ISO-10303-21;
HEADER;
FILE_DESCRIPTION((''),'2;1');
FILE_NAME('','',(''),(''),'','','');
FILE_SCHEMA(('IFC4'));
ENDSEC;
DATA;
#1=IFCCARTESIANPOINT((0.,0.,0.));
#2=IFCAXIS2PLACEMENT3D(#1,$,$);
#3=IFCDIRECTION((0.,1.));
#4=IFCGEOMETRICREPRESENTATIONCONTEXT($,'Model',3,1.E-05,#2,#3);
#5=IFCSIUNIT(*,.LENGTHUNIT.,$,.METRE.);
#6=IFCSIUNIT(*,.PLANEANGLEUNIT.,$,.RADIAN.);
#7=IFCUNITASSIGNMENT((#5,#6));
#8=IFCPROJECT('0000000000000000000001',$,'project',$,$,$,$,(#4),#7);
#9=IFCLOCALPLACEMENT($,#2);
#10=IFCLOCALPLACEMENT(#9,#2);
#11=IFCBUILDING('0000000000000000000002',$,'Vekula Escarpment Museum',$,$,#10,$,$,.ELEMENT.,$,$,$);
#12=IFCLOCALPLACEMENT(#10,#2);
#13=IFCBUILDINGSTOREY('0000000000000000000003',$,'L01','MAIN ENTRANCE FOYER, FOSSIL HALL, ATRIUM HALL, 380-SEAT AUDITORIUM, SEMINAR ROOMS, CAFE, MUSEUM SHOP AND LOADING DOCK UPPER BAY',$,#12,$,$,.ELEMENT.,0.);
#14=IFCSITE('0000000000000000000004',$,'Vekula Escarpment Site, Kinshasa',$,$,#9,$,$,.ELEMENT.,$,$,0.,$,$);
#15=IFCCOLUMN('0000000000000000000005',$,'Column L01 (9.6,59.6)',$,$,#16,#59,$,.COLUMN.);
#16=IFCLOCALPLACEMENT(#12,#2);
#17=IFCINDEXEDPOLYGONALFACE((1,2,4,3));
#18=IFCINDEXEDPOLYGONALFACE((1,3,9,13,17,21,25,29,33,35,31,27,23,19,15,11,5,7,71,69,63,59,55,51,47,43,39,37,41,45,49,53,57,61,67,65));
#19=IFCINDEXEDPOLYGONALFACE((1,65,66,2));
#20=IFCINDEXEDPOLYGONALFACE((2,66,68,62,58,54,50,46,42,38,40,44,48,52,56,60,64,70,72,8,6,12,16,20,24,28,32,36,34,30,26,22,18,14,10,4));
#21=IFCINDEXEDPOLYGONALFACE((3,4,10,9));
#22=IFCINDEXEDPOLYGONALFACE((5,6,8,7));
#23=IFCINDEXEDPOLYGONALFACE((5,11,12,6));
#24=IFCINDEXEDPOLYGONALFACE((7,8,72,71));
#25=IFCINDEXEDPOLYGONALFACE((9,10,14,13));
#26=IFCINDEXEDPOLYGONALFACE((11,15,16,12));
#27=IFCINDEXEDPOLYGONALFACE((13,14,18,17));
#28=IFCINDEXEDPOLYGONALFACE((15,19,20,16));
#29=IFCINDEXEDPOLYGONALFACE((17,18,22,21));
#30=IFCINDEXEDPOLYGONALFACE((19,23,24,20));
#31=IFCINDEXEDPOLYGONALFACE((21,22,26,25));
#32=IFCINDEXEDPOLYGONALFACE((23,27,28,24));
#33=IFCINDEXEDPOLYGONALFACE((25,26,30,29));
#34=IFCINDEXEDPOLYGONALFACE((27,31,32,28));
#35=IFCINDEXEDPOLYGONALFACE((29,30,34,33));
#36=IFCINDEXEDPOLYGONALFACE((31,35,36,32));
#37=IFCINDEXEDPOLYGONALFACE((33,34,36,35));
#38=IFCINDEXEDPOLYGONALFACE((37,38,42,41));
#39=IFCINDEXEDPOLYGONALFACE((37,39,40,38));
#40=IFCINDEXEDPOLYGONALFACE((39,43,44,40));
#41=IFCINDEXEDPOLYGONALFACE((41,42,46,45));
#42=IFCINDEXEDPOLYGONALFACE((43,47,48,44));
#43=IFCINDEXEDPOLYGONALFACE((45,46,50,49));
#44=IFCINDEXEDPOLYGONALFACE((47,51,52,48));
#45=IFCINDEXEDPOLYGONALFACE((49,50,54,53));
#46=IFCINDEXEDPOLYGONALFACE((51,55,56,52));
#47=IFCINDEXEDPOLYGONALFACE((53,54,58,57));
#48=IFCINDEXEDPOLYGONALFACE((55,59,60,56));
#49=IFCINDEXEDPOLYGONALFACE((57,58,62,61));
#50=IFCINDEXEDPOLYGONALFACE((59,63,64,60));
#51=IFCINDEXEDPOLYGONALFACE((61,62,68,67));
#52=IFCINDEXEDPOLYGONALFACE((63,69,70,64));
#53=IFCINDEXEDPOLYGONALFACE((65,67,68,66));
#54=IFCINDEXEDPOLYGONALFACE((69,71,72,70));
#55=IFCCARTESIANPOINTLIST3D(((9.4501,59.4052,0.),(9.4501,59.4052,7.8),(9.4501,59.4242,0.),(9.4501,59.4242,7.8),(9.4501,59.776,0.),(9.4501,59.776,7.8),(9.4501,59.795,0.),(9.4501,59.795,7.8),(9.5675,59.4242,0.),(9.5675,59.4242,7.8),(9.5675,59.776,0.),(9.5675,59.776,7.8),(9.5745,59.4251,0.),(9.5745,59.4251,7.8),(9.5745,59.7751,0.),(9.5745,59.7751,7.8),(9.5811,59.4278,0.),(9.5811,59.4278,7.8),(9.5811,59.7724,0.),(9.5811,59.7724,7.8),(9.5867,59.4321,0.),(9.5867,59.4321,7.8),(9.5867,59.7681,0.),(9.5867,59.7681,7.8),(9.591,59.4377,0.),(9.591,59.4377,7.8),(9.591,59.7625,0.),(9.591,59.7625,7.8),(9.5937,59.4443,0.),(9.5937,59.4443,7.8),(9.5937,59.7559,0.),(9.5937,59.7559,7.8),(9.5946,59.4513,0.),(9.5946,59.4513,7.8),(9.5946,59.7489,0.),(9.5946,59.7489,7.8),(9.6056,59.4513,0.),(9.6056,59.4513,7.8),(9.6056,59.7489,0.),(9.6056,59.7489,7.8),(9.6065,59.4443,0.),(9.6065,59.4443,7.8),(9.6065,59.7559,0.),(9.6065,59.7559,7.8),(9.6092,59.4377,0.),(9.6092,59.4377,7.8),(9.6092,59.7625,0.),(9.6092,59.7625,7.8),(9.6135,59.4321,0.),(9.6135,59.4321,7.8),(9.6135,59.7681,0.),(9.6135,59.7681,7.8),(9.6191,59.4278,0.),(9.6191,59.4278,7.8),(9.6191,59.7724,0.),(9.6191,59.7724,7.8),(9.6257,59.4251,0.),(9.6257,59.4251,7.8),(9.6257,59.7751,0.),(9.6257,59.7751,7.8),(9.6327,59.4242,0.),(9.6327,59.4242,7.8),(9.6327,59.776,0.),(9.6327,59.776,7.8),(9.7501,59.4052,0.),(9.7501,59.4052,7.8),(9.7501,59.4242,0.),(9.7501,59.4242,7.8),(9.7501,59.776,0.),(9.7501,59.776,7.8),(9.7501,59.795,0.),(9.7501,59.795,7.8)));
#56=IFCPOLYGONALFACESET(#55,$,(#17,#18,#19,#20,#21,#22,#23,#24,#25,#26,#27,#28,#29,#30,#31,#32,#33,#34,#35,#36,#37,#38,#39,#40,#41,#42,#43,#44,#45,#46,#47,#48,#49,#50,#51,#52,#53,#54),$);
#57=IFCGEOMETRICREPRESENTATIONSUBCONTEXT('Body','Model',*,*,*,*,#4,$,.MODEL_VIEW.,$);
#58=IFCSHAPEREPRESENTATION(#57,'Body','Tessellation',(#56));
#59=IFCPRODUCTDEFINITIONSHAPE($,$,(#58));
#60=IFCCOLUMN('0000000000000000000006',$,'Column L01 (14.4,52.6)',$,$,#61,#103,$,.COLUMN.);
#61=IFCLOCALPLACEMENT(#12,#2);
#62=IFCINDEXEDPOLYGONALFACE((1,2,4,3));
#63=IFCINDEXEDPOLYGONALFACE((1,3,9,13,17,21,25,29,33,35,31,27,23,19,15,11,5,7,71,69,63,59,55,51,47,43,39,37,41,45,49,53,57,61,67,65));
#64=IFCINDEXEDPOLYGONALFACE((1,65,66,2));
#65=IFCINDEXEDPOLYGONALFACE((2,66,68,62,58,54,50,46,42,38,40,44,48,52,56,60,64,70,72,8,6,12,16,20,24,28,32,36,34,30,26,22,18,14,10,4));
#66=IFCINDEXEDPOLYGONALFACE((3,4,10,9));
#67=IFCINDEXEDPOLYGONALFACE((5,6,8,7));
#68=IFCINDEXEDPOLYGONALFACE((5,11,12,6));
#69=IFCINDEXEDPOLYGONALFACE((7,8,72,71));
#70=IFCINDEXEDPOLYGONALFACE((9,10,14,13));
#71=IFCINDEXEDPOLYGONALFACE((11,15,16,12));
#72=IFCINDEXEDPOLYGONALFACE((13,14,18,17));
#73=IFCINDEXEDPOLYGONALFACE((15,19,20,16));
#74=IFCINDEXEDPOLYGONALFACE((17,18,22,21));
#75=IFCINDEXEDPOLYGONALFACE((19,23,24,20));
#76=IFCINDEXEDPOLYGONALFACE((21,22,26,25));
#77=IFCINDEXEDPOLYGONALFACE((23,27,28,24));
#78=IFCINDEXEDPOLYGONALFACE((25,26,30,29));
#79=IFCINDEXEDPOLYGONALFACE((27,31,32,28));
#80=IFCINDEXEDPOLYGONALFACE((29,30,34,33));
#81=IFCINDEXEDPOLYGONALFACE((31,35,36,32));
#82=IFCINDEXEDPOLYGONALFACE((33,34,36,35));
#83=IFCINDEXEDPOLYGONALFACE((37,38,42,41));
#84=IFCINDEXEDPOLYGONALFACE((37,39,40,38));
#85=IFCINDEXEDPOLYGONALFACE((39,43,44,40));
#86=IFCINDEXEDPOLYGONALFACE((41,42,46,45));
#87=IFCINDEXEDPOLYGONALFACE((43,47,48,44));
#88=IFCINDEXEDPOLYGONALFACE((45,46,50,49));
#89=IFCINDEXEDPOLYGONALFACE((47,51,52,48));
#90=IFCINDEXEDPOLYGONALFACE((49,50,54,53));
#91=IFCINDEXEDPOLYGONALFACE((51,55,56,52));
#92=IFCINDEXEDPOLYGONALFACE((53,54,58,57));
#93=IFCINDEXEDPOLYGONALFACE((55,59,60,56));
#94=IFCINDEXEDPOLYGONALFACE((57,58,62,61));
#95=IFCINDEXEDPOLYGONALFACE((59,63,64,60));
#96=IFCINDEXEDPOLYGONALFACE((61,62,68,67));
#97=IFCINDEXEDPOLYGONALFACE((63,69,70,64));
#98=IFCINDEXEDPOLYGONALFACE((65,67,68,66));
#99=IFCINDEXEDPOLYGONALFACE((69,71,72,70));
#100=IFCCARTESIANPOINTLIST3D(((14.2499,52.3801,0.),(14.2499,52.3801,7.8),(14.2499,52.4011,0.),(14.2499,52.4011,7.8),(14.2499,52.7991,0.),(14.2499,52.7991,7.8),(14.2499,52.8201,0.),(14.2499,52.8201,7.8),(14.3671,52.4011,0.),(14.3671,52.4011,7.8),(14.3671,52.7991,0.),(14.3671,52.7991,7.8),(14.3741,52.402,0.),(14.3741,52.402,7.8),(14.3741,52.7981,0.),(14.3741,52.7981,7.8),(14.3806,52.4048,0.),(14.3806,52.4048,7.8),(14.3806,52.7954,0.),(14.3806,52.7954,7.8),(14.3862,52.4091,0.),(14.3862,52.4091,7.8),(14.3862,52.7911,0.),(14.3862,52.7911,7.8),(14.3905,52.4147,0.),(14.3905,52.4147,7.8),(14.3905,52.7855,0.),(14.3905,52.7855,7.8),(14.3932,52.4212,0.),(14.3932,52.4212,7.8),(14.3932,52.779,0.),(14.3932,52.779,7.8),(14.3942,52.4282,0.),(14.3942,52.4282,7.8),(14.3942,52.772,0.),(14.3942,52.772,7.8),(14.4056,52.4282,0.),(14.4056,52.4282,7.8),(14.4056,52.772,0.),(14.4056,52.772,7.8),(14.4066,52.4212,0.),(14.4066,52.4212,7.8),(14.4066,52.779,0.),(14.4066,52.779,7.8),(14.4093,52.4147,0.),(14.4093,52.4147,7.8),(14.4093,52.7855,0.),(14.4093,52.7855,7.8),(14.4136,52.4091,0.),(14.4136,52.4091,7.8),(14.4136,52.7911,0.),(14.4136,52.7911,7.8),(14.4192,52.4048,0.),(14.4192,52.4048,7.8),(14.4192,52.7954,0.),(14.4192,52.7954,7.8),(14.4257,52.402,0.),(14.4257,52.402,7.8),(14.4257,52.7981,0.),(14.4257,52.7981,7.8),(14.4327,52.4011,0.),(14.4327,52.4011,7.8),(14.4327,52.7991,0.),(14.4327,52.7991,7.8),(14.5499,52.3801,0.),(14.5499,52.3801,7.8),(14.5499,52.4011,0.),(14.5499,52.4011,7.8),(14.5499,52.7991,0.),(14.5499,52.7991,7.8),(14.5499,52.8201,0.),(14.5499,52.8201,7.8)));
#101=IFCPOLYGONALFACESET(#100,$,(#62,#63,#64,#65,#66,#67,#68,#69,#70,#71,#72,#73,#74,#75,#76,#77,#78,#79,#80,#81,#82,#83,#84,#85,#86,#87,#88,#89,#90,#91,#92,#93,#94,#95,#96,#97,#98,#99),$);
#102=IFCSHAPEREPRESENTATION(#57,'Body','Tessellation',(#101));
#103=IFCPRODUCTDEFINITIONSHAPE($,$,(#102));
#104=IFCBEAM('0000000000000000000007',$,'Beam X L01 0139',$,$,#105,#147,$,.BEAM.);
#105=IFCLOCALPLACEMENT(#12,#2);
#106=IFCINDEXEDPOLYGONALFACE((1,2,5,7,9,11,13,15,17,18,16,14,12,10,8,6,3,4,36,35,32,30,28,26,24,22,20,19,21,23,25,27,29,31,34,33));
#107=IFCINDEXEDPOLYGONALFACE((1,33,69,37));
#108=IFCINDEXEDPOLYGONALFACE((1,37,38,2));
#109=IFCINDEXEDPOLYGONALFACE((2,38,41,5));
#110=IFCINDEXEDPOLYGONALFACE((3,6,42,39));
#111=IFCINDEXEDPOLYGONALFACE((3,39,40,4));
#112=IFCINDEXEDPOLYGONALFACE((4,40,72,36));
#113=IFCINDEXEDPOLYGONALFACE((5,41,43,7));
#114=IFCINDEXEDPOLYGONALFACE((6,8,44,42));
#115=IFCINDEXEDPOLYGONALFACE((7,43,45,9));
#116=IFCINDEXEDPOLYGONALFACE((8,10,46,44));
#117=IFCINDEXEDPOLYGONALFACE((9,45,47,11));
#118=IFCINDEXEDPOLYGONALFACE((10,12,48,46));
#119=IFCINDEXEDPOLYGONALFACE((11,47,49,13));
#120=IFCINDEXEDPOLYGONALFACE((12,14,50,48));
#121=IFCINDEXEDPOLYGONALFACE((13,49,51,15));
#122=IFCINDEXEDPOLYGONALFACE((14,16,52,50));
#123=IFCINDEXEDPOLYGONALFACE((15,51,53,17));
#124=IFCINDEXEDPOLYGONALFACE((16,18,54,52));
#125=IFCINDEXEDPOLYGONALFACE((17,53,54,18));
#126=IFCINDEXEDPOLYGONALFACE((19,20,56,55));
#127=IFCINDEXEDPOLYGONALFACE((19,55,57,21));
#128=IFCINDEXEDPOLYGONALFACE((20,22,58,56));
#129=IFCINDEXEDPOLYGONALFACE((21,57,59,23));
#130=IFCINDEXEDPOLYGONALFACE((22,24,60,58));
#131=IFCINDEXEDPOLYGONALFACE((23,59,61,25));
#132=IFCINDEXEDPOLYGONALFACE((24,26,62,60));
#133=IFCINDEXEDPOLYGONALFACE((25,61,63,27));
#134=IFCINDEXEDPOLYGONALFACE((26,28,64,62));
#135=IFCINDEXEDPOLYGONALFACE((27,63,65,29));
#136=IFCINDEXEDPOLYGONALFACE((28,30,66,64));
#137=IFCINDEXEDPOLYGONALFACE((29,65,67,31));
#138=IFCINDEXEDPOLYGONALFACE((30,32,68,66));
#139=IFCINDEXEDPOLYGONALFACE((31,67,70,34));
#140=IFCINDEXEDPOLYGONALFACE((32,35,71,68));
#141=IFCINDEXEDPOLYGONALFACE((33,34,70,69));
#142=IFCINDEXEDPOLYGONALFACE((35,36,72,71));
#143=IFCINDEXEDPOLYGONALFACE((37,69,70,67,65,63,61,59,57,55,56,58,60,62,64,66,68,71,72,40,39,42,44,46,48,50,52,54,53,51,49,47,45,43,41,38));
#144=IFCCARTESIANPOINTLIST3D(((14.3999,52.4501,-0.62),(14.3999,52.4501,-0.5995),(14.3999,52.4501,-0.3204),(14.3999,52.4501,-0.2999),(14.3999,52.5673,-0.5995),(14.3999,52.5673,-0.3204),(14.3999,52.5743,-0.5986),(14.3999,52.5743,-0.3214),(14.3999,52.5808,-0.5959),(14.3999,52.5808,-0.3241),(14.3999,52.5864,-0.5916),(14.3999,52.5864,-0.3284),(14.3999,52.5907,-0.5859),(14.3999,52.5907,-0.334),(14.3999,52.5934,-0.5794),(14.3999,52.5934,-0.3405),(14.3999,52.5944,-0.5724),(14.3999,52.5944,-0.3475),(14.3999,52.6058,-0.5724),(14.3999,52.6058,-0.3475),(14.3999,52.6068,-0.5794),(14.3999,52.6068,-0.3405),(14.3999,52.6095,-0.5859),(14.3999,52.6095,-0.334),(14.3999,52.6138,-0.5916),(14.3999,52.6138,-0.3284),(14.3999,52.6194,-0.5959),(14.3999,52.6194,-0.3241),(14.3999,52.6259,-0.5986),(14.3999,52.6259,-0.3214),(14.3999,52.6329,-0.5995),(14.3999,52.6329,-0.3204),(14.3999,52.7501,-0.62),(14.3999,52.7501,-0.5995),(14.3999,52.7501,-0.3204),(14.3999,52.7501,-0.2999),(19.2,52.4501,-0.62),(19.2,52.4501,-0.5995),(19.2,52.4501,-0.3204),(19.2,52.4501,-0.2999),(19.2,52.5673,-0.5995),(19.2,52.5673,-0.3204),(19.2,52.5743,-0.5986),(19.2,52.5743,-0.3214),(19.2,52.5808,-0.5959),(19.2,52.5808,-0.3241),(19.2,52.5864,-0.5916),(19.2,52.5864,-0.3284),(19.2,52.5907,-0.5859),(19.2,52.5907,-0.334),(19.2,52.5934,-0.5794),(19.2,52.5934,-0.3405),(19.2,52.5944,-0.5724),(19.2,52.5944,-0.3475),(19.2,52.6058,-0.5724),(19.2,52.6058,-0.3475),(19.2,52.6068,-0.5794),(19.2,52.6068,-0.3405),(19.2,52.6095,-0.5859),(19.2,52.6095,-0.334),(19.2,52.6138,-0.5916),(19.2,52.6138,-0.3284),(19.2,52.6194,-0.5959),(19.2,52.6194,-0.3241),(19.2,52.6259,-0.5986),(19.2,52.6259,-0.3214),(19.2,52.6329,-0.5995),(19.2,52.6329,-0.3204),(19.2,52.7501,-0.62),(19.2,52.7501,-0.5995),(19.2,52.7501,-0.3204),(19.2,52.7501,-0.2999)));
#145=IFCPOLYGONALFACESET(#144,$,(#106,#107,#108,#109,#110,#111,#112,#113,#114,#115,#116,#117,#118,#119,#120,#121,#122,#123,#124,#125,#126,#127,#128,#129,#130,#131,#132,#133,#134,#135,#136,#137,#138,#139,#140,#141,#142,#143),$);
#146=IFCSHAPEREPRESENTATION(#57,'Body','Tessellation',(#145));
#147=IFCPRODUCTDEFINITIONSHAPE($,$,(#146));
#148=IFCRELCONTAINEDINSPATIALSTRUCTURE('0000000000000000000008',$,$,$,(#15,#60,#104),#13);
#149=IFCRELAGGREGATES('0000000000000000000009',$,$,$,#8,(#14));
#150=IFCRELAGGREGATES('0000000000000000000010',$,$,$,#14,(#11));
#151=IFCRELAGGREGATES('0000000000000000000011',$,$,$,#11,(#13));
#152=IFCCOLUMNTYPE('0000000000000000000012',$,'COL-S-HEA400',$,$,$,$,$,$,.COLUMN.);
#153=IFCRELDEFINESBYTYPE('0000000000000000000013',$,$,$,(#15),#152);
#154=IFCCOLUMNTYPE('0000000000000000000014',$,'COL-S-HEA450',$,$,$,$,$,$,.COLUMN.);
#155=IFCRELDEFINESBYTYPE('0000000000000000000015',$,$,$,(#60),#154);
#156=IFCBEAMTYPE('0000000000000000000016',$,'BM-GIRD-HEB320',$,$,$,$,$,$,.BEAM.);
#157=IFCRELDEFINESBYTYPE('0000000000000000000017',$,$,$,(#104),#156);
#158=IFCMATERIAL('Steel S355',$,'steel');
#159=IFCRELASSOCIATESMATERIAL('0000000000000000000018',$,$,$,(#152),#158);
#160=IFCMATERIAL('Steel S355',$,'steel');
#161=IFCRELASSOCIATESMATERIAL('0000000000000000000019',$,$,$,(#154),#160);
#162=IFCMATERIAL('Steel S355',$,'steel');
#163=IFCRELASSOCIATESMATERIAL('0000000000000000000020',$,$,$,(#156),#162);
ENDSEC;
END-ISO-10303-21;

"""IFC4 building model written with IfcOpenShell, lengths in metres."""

from ifc_helpers import new_model, si_unit, direction, frame, origin, origin_2d, place, context, subcontext, project, spatial, i_section, extrude, material, material_profile, profile_set, type_object, element, save


model = new_model("IFC4")

# Units and contexts
model_context = context("Model", 3, precision=1e-05, world=origin(), true_north=direction((0.0, 1.0)))
body_context = subcontext(model_context, "Body", "Model", "MODEL_VIEW")
ifc_project = project(units=[si_unit("LENGTHUNIT", "METRE"), si_unit("PLANEANGLEUNIT", "RADIAN")], contexts=[model_context])

# Site, building, storey
site_placement = place(None, origin())
site = spatial("IfcSite", under=ifc_project, at=site_placement, Name="Vekula Escarpment Site, Kinshasa", CompositionType="ELEMENT", RefElevation=0.0)
building_placement = place(site_placement, origin())
building = spatial("IfcBuilding", under=site, at=building_placement, Name="Vekula Escarpment Museum", CompositionType="ELEMENT")
storey_placement = place(building_placement, origin())
storey = spatial("IfcBuildingStorey", under=building, at=storey_placement, Name="L01", Description="MAIN ENTRANCE FOYER, FOSSIL HALL, ATRIUM HALL, 380-SEAT AUDITORIUM, SEMINAR ROOMS, CAFE, MUSEUM SHOP AND LOADING DOCK UPPER BAY", CompositionType="ELEMENT", Elevation=0.0)

# Columns
ifc_material_1 = material(Name="Steel S355", Category="steel")
ifc_material_profile_1 = material_profile(ifc_material_1, i_section(OverallWidth=0.3, OverallDepth=0.3899, WebThickness=0.011, FlangeThickness=0.019, FilletRadius=0.0271, at=origin_2d()), Name="HEA 400")
ifc_profile_set_1 = profile_set([ifc_material_profile_1], Name="Steel S355")
column_type_1 = type_object("IfcColumnType", Name="COL-S-HEA400", PredefinedType="COLUMN", material=ifc_profile_set_1)
column_1_placement = place(storey_placement, frame((9.6001, 59.6001, 0.0), z_axis=(0.0, 0.0, 1.0), x_axis=(1.0, 0.0, 0.0)))
element("IfcColumn", 1, at=column_1_placement, inside=storey, type_object=column_type_1, Name="Column L01 (9.6,59.6)", PredefinedType="COLUMN", context=body_context, shape_type="SweptSolid", body=[
    extrude(i_section(OverallWidth=0.3, OverallDepth=0.3899, WebThickness=0.011, FlangeThickness=0.019, FilletRadius=0.0271, at=origin_2d()), origin(), (0.0, 0.0, 1.0), 7.8),
])
ifc_material_2 = material(Name="Steel S355", Category="steel")
ifc_material_profile_2 = material_profile(ifc_material_2, i_section(OverallWidth=0.3, OverallDepth=0.4399, WebThickness=0.0115, FlangeThickness=0.021, FilletRadius=0.0271, at=origin_2d()), Name="HEA 450")
ifc_profile_set_2 = profile_set([ifc_material_profile_2], Name="Steel S355")
column_type_2 = type_object("IfcColumnType", Name="COL-S-HEA450", PredefinedType="COLUMN", material=ifc_profile_set_2)
column_2_placement = place(storey_placement, frame((14.3999, 52.6001, 0.0), z_axis=(0.0, 0.0, 1.0), x_axis=(1.0, 0.0, 0.0)))
element("IfcColumn", 2, at=column_2_placement, inside=storey, type_object=column_type_2, Name="Column L01 (14.4,52.6)", PredefinedType="COLUMN", context=body_context, shape_type="SweptSolid", body=[
    extrude(i_section(OverallWidth=0.3, OverallDepth=0.4399, WebThickness=0.0115, FlangeThickness=0.021, FilletRadius=0.0271, at=origin_2d()), origin(), (0.0, 0.0, 1.0), 7.8),
])

# Beam
ifc_material_3 = material(Name="Steel S355", Category="steel")
ifc_material_profile_3 = material_profile(ifc_material_3, i_section(OverallWidth=0.3, OverallDepth=0.3201, WebThickness=0.0115, FlangeThickness=0.0205, FilletRadius=0.0271, at=origin_2d()), Name="HEB 320")
ifc_profile_set_3 = profile_set([ifc_material_profile_3], Name="Steel S355")
beam_type_1 = type_object("IfcBeamType", Name="BM-GIRD-HEB320", PredefinedType="BEAM", material=ifc_profile_set_3)
beam_1_placement = place(storey_placement, frame((14.3999, 52.6001, -0.46), z_axis=(1.0, 0.0, 0.0), x_axis=(0.0, 1.0, 0.0)))
element("IfcBeam", 3, at=beam_1_placement, inside=storey, type_object=beam_type_1, Name="Beam X L01 0139", PredefinedType="BEAM", context=body_context, shape_type="SweptSolid", body=[
    extrude(i_section(OverallWidth=0.3, OverallDepth=0.3201, WebThickness=0.0115, FlangeThickness=0.0205, FilletRadius=0.0271, at=origin_2d()), origin(), (0.0, 0.0, 1.0), 4.8),
])

save(model, "model.ifc")
